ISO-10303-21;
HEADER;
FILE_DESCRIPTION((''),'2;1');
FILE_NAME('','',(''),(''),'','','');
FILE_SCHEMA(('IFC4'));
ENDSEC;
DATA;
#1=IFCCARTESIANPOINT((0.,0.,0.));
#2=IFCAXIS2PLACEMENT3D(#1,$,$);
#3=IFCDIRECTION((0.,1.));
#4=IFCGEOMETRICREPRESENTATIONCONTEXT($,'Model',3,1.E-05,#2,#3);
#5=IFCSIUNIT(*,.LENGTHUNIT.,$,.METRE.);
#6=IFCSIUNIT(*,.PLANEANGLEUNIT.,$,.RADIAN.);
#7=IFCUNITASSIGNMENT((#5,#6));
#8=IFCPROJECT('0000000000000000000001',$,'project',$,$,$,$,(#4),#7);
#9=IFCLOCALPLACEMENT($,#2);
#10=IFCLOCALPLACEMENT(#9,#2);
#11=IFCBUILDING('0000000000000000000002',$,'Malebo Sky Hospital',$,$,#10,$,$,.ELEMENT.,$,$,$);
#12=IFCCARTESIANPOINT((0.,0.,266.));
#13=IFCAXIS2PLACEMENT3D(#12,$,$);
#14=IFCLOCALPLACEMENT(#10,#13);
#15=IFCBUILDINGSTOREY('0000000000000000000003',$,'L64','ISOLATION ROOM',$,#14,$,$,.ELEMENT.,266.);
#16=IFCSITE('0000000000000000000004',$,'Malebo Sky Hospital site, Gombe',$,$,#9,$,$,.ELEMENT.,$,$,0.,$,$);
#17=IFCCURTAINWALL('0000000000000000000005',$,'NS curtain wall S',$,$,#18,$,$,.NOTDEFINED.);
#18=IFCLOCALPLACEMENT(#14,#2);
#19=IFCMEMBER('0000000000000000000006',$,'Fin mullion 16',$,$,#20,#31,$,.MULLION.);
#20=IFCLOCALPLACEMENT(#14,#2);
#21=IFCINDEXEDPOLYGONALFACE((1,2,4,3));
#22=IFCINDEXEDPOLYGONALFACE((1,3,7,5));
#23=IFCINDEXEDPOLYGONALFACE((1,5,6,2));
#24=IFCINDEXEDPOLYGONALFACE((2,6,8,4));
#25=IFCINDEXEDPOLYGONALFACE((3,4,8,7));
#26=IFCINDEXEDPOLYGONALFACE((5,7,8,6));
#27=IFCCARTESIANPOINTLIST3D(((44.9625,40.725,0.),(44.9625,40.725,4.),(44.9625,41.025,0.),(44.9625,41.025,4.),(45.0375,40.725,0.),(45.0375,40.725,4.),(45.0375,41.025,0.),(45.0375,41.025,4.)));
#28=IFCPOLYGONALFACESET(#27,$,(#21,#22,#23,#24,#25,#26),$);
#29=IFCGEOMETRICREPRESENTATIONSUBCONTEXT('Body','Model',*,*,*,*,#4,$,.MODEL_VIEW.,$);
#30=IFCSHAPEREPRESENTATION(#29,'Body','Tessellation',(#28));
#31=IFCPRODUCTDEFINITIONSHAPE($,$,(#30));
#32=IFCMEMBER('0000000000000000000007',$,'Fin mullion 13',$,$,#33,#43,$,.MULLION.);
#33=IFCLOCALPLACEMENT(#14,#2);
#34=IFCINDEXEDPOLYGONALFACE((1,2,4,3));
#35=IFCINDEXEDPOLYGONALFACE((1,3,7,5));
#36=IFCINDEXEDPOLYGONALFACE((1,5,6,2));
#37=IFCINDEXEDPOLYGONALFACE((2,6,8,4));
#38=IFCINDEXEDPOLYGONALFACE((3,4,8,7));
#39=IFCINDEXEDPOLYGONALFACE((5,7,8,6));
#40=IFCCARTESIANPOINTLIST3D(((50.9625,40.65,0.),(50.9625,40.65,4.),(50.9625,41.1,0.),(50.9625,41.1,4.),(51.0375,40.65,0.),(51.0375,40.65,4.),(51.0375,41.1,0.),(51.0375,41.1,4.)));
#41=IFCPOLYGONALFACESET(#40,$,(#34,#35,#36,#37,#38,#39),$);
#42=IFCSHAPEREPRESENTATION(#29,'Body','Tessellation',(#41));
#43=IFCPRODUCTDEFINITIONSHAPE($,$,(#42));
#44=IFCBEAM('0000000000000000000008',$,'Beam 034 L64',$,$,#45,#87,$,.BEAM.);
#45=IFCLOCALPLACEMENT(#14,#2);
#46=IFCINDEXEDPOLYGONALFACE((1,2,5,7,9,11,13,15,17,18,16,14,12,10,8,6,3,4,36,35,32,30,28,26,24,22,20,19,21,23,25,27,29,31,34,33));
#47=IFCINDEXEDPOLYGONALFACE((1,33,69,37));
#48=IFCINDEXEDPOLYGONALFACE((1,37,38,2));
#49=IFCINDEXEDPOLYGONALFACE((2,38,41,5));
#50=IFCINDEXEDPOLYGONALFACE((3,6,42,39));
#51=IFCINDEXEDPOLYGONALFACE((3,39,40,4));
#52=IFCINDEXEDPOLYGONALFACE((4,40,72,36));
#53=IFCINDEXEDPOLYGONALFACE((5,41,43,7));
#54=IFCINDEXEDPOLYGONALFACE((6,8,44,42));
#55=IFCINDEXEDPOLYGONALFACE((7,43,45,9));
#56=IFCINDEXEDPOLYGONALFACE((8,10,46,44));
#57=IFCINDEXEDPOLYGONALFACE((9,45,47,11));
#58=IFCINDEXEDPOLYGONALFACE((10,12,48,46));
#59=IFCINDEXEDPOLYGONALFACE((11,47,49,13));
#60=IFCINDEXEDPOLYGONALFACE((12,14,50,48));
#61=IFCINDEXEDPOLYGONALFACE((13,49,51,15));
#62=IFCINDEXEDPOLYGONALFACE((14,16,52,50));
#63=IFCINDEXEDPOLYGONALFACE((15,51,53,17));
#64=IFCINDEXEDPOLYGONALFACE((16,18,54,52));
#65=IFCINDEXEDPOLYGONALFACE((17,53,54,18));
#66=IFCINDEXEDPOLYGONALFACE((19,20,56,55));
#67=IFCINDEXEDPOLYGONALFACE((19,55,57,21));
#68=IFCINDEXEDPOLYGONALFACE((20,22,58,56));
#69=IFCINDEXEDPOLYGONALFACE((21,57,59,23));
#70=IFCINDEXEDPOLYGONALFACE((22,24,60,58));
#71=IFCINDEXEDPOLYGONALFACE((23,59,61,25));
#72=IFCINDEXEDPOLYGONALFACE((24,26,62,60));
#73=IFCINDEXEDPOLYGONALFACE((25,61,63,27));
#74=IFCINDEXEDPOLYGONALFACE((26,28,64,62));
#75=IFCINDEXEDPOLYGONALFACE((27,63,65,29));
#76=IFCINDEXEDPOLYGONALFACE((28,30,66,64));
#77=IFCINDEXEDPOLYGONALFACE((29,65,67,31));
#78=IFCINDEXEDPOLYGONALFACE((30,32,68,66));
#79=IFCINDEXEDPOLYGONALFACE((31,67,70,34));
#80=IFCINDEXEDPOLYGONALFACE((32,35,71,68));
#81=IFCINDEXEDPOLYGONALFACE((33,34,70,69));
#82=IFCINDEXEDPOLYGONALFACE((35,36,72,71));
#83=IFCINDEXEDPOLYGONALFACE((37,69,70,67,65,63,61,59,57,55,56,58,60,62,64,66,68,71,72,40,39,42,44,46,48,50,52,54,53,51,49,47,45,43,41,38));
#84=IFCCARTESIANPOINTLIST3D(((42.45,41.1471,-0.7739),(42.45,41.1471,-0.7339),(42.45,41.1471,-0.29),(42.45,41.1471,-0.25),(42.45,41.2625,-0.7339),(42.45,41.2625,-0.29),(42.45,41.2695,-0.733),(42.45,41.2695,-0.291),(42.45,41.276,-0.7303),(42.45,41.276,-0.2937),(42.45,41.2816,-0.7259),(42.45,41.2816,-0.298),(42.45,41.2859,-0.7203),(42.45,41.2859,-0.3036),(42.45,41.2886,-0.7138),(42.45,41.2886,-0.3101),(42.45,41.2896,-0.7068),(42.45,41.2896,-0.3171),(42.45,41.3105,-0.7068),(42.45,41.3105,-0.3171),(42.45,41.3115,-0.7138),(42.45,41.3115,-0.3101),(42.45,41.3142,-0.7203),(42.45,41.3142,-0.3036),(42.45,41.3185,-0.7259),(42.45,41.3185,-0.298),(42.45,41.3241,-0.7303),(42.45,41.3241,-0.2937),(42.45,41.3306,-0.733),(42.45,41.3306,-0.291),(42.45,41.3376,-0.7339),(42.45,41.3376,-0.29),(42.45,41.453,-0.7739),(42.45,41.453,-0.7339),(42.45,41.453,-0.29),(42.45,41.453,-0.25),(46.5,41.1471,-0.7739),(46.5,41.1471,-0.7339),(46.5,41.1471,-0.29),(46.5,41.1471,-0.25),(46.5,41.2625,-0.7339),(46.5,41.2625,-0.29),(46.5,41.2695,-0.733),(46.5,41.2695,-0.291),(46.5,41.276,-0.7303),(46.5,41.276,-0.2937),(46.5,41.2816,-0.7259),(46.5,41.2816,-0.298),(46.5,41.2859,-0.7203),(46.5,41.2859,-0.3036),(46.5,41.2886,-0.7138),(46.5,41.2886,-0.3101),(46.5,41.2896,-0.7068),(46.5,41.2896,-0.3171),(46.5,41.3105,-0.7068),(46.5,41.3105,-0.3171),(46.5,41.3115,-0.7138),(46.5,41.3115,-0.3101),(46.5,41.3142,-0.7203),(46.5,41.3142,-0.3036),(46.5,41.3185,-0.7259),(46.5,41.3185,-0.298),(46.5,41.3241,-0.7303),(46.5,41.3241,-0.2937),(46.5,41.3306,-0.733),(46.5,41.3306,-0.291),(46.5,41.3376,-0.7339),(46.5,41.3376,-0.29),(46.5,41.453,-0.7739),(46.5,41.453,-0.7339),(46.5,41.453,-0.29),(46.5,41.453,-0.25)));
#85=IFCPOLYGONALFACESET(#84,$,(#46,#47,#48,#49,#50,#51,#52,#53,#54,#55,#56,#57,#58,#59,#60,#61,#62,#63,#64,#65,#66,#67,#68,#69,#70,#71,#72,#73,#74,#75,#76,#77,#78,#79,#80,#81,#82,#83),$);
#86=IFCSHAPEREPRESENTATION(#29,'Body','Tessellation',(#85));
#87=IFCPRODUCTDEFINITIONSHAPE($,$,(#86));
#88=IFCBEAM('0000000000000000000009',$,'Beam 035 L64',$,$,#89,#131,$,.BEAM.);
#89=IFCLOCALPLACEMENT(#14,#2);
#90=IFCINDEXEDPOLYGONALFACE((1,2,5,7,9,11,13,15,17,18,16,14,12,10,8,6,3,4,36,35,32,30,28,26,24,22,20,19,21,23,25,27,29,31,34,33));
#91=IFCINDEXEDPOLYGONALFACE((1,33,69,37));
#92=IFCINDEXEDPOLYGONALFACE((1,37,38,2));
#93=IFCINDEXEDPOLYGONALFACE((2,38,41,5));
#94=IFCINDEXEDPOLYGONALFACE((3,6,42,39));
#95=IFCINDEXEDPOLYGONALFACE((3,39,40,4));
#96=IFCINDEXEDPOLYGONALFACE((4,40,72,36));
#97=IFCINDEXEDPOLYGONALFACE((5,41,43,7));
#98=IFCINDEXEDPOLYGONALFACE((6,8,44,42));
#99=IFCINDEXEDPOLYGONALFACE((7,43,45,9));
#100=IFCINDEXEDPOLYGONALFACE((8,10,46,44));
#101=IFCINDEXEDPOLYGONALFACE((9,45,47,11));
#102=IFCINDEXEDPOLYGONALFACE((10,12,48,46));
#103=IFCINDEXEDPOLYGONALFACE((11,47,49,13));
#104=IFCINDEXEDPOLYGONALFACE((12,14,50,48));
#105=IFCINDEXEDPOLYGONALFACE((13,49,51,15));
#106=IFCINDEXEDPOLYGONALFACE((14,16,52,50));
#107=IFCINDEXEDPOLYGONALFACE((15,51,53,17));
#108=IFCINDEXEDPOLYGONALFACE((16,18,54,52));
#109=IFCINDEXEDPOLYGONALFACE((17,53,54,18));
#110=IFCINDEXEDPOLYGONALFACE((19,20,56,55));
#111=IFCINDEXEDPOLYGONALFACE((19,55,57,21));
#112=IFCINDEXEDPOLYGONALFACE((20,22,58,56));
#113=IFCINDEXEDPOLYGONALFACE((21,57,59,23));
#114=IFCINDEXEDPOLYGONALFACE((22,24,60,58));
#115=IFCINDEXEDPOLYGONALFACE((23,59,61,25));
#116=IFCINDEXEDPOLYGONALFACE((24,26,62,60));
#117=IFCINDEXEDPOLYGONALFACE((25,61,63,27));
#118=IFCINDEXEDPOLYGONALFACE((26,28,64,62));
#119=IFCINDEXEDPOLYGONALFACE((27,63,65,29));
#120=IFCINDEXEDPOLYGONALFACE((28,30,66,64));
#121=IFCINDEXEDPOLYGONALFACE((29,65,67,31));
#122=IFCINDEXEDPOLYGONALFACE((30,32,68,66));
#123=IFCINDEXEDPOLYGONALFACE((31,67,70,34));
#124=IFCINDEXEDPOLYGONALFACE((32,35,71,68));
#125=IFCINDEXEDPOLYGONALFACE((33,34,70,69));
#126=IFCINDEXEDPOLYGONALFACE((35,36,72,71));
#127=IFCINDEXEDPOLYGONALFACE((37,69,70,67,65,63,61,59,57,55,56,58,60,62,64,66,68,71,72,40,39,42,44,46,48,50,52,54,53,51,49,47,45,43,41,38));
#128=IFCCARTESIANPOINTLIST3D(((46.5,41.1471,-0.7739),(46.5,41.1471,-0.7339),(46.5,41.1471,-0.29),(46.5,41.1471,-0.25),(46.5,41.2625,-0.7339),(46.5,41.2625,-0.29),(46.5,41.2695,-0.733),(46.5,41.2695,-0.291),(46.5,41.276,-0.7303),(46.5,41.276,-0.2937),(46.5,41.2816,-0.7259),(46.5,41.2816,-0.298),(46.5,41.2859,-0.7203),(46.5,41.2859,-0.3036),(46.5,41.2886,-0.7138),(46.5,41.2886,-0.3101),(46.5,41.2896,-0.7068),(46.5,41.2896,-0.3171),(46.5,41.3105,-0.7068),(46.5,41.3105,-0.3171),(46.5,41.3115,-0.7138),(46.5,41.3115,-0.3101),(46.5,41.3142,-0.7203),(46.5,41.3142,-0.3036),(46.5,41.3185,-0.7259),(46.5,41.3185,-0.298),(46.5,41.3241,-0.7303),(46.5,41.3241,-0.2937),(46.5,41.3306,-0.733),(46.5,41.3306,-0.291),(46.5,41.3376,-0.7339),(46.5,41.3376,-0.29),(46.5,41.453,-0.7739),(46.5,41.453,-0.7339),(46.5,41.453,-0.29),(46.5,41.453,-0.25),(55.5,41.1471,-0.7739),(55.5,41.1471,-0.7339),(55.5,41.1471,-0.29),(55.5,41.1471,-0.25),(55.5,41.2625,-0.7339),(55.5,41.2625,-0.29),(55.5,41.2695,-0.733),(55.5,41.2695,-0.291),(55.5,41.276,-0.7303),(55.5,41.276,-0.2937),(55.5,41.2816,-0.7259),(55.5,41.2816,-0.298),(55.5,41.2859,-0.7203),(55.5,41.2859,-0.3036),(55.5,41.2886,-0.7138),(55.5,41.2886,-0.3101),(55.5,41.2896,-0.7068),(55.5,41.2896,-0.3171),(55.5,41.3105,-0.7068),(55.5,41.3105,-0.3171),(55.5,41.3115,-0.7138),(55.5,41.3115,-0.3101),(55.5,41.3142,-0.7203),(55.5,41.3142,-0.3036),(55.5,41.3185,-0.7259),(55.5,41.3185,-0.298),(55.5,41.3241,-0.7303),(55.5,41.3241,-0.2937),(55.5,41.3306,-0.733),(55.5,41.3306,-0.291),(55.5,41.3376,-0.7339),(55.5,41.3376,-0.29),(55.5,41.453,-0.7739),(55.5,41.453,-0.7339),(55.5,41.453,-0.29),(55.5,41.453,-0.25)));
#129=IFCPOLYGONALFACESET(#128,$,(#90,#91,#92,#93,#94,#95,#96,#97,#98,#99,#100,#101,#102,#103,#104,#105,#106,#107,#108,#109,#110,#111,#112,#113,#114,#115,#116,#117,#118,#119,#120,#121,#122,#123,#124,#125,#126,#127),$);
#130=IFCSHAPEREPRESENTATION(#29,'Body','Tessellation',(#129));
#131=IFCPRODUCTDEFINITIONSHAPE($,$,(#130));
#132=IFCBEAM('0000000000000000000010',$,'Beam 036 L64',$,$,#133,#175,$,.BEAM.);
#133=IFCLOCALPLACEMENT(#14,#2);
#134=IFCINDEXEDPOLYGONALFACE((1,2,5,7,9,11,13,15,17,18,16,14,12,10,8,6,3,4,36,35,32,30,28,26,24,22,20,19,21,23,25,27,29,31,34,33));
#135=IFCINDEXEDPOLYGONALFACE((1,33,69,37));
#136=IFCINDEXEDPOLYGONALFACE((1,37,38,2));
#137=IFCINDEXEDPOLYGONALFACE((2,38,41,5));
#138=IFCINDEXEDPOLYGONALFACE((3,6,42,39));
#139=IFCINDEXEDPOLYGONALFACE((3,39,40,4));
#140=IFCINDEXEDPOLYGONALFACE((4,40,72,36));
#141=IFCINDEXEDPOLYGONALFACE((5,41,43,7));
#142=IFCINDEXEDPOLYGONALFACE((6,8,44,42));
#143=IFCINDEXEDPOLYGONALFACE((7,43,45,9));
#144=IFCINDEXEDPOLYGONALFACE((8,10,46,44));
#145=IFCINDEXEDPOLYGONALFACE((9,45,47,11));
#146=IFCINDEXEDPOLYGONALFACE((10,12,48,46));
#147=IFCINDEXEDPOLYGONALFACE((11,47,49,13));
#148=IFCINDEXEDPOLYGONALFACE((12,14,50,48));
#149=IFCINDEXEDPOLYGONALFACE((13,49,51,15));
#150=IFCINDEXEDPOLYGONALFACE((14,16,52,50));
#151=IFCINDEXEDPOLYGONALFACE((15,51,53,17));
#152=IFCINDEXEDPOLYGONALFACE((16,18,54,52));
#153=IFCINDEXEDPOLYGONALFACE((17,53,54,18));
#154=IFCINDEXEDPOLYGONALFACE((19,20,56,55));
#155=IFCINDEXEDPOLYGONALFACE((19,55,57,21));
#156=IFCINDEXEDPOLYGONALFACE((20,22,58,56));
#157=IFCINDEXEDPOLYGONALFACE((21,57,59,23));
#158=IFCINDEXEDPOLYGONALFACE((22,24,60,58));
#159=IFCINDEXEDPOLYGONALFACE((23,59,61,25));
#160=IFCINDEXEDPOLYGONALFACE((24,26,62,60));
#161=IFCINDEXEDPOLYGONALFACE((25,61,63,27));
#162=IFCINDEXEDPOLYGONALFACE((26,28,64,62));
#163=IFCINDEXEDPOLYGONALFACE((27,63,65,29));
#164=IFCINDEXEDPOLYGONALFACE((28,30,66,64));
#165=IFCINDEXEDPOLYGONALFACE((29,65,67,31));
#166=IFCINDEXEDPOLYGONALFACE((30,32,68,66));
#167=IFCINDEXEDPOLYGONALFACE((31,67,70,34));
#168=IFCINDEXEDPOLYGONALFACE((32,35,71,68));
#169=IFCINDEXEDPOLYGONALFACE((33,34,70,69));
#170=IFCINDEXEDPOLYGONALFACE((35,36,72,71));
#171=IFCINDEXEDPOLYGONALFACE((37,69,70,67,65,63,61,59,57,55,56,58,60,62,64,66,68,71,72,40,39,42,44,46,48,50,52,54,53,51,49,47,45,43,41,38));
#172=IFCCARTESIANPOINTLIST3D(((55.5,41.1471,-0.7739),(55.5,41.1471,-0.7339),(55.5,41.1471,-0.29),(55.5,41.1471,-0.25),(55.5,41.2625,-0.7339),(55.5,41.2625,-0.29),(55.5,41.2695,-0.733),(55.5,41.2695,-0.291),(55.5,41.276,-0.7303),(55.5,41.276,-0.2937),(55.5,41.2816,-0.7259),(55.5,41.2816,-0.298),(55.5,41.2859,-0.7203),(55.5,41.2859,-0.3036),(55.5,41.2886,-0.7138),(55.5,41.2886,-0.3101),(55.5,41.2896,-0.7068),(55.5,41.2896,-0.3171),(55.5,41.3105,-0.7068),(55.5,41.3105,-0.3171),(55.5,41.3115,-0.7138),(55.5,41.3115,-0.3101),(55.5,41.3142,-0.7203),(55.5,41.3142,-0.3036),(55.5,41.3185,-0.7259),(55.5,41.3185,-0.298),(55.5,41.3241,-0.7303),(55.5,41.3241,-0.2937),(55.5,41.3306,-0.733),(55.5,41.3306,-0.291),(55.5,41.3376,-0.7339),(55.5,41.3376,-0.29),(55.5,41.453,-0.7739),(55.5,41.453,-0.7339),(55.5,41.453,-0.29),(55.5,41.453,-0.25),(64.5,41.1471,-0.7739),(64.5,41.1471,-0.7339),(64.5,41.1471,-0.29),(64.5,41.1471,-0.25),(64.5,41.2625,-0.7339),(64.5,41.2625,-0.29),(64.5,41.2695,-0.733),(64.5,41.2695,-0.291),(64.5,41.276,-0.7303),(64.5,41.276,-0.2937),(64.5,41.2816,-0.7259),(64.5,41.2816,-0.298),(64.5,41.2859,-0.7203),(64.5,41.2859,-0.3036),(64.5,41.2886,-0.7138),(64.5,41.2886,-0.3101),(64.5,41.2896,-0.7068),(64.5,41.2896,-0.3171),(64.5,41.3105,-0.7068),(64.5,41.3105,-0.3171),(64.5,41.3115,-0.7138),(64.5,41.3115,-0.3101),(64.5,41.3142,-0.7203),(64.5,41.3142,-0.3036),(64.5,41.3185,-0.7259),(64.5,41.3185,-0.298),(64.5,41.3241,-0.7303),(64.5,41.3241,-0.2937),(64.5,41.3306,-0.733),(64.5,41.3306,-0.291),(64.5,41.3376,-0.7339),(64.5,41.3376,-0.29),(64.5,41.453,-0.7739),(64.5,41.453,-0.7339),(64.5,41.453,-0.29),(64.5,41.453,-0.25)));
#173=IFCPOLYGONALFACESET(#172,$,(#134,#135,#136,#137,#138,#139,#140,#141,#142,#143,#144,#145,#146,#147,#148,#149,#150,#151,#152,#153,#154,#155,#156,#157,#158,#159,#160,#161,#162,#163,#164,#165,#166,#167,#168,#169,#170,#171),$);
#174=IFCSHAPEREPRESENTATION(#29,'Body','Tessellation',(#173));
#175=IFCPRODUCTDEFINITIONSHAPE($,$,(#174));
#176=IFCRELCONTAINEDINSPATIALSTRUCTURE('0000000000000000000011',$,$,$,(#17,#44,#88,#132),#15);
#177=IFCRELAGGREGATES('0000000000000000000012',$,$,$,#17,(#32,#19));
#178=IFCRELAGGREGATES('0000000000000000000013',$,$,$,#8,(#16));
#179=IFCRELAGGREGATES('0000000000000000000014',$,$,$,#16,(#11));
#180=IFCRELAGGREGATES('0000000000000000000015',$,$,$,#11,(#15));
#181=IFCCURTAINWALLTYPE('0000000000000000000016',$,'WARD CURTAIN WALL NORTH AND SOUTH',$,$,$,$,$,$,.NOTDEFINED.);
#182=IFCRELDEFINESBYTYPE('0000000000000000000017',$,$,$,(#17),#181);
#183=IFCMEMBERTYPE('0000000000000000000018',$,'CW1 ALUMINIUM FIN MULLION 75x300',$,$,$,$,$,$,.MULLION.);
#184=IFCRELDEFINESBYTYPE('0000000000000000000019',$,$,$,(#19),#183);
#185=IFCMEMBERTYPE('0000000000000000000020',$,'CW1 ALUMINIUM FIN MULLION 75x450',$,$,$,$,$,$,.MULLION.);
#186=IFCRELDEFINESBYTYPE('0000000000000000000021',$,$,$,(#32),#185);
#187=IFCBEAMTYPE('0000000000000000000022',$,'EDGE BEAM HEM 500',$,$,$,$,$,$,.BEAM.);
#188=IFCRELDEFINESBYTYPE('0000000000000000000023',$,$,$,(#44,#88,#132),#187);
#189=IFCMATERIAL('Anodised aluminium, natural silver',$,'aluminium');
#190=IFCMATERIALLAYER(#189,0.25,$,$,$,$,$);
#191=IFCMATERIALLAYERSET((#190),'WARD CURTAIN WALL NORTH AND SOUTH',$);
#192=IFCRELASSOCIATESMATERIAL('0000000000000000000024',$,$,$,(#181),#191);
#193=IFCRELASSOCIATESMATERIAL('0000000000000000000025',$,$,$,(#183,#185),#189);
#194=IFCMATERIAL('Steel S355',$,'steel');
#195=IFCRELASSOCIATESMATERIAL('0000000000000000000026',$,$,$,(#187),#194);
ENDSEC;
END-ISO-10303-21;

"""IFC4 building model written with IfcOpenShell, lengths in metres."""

from ifc_helpers import new_model, si_unit, direction, frame, origin, origin_2d, place, context, subcontext, project, spatial, rectangle, i_section, extrude, material, layer, layer_set, material_profile, profile_set, type_object, element, aggregate, save


model = new_model("IFC4")

# Units and contexts
model_context = context("Model", 3, precision=1e-05, world=origin(), true_north=direction((0.0, 1.0)))
body_context = subcontext(model_context, "Body", "Model", "MODEL_VIEW")
ifc_project = project(units=[si_unit("LENGTHUNIT", "METRE"), si_unit("PLANEANGLEUNIT", "RADIAN")], contexts=[model_context])

# Site, building, storey
site_placement = place(None, origin())
site = spatial("IfcSite", under=ifc_project, at=site_placement, Name="Malebo Sky Hospital site, Gombe", CompositionType="ELEMENT", RefElevation=0.0)
building_placement = place(site_placement, origin())
building = spatial("IfcBuilding", under=site, at=building_placement, Name="Malebo Sky Hospital", CompositionType="ELEMENT")
storey_placement = place(building_placement, frame((0.0, 0.0, 266.0)))
storey = spatial("IfcBuildingStorey", under=building, at=storey_placement, Name="L64", Description="ISOLATION ROOM", CompositionType="ELEMENT", Elevation=266.0)

# Curtain wall
ifc_material_1 = material(Name="Anodised aluminium, natural silver", Category="aluminium")
ifc_layer_1 = layer(ifc_material_1, 0.25)
ifc_layer_set_1 = layer_set([ifc_layer_1], Name="WARD CURTAIN WALL NORTH AND SOUTH")
curtain_wall_type = type_object("IfcCurtainWallType", Name="WARD CURTAIN WALL NORTH AND SOUTH", PredefinedType="NOTDEFINED", material=ifc_layer_set_1)
curtain_wall_placement = place(storey_placement, origin())
curtain_wall = element("IfcCurtainWall", 1, at=curtain_wall_placement, inside=storey, type_object=curtain_wall_type, Name="NS curtain wall S", PredefinedType="NOTDEFINED")

# Members
ifc_material_2 = material(Name="Steel S355", Category="steel")
ifc_material_profile_1 = material_profile(ifc_material_1, rectangle(XDim=0.075, YDim=0.3, at=origin_2d()), Name="CW1 ALUMINIUM FIN MULLION 75x300")
ifc_profile_set_1 = profile_set([ifc_material_profile_1], Name="Anodised aluminium, natural silver")
member_type_1 = type_object("IfcMemberType", Name="CW1 ALUMINIUM FIN MULLION 75x300", PredefinedType="MULLION", material=ifc_profile_set_1)
member_1_placement = place(storey_placement, frame((45.0, 40.875, 0.0), z_axis=(0.0, 0.0, 1.0), x_axis=(-1.0, 0.0, 0.0)))
member_1 = element("IfcMember", 2, at=member_1_placement, type_object=member_type_1, Name="Fin mullion 16", PredefinedType="MULLION", context=body_context, shape_type="SweptSolid", body=[
    extrude(rectangle(XDim=0.075, YDim=0.3, at=origin_2d()), origin(), (0.0, 0.0, 1.0), 4.0),
])
ifc_material_profile_2 = material_profile(ifc_material_1, rectangle(XDim=0.075, YDim=0.45, at=origin_2d()), Name="CW1 ALUMINIUM FIN MULLION 75x450")
ifc_profile_set_2 = profile_set([ifc_material_profile_2], Name="Anodised aluminium, natural silver")
member_type_2 = type_object("IfcMemberType", Name="CW1 ALUMINIUM FIN MULLION 75x450", PredefinedType="MULLION", material=ifc_profile_set_2)
member_2_placement = place(storey_placement, frame((51.0, 40.875, 0.0), z_axis=(0.0, 0.0, 1.0), x_axis=(-1.0, 0.0, 0.0)))
member_2 = element("IfcMember", 3, at=member_2_placement, type_object=member_type_2, Name="Fin mullion 13", PredefinedType="MULLION", context=body_context, shape_type="SweptSolid", body=[
    extrude(rectangle(XDim=0.075, YDim=0.45, at=origin_2d()), origin(), (0.0, 0.0, 1.0), 4.0),
])

# Beams
ifc_material_profile_3 = material_profile(ifc_material_2, i_section(OverallWidth=0.3059, OverallDepth=0.5239, WebThickness=0.021, FlangeThickness=0.04, FilletRadius=0.0271, at=origin_2d()), Name="HEM 500")
ifc_profile_set_3 = profile_set([ifc_material_profile_3], Name="Steel S355")
beam_type_1 = type_object("IfcBeamType", Name="EDGE BEAM HEM 500", PredefinedType="BEAM", material=ifc_profile_set_3)
beam_1_placement = place(storey_placement, frame((42.45, 41.3, -0.512), z_axis=(1.0, 0.0, 0.0), x_axis=(0.0, 1.0, 0.0)))
element("IfcBeam", 4, at=beam_1_placement, inside=storey, type_object=beam_type_1, Name="Beam 034 L64", PredefinedType="BEAM", context=body_context, shape_type="SweptSolid", body=[
    extrude(i_section(OverallWidth=0.3059, OverallDepth=0.5239, WebThickness=0.021, FlangeThickness=0.04, FilletRadius=0.0271, at=origin_2d()), origin(), (0.0, 0.0, 1.0), 4.05),
])
for number, where, z_axis, x_axis, name in (
    (5, (46.5, 41.3, -0.512), (1.0, 0.0, 0.0), (0.0, 1.0, 0.0), "Beam 035 L64"),
    (6, (55.5, 41.3, -0.512), (1.0, 0.0, 0.0), (0.0, 1.0, 0.0), "Beam 036 L64"),
):
    element("IfcBeam", number, at=place(storey_placement, frame(where, z_axis=z_axis, x_axis=x_axis)), inside=storey, type_object=beam_type_1, Name=name, PredefinedType="BEAM", context=body_context, shape_type="SweptSolid", body=[
        extrude(i_section(OverallWidth=0.3059, OverallDepth=0.5239, WebThickness=0.021, FlangeThickness=0.04, FilletRadius=0.0271, at=origin_2d()), origin(), (0.0, 0.0, 1.0), 9.0),
    ])

aggregate(curtain_wall, [member_2, member_1])

save(model, "model.ifc")
